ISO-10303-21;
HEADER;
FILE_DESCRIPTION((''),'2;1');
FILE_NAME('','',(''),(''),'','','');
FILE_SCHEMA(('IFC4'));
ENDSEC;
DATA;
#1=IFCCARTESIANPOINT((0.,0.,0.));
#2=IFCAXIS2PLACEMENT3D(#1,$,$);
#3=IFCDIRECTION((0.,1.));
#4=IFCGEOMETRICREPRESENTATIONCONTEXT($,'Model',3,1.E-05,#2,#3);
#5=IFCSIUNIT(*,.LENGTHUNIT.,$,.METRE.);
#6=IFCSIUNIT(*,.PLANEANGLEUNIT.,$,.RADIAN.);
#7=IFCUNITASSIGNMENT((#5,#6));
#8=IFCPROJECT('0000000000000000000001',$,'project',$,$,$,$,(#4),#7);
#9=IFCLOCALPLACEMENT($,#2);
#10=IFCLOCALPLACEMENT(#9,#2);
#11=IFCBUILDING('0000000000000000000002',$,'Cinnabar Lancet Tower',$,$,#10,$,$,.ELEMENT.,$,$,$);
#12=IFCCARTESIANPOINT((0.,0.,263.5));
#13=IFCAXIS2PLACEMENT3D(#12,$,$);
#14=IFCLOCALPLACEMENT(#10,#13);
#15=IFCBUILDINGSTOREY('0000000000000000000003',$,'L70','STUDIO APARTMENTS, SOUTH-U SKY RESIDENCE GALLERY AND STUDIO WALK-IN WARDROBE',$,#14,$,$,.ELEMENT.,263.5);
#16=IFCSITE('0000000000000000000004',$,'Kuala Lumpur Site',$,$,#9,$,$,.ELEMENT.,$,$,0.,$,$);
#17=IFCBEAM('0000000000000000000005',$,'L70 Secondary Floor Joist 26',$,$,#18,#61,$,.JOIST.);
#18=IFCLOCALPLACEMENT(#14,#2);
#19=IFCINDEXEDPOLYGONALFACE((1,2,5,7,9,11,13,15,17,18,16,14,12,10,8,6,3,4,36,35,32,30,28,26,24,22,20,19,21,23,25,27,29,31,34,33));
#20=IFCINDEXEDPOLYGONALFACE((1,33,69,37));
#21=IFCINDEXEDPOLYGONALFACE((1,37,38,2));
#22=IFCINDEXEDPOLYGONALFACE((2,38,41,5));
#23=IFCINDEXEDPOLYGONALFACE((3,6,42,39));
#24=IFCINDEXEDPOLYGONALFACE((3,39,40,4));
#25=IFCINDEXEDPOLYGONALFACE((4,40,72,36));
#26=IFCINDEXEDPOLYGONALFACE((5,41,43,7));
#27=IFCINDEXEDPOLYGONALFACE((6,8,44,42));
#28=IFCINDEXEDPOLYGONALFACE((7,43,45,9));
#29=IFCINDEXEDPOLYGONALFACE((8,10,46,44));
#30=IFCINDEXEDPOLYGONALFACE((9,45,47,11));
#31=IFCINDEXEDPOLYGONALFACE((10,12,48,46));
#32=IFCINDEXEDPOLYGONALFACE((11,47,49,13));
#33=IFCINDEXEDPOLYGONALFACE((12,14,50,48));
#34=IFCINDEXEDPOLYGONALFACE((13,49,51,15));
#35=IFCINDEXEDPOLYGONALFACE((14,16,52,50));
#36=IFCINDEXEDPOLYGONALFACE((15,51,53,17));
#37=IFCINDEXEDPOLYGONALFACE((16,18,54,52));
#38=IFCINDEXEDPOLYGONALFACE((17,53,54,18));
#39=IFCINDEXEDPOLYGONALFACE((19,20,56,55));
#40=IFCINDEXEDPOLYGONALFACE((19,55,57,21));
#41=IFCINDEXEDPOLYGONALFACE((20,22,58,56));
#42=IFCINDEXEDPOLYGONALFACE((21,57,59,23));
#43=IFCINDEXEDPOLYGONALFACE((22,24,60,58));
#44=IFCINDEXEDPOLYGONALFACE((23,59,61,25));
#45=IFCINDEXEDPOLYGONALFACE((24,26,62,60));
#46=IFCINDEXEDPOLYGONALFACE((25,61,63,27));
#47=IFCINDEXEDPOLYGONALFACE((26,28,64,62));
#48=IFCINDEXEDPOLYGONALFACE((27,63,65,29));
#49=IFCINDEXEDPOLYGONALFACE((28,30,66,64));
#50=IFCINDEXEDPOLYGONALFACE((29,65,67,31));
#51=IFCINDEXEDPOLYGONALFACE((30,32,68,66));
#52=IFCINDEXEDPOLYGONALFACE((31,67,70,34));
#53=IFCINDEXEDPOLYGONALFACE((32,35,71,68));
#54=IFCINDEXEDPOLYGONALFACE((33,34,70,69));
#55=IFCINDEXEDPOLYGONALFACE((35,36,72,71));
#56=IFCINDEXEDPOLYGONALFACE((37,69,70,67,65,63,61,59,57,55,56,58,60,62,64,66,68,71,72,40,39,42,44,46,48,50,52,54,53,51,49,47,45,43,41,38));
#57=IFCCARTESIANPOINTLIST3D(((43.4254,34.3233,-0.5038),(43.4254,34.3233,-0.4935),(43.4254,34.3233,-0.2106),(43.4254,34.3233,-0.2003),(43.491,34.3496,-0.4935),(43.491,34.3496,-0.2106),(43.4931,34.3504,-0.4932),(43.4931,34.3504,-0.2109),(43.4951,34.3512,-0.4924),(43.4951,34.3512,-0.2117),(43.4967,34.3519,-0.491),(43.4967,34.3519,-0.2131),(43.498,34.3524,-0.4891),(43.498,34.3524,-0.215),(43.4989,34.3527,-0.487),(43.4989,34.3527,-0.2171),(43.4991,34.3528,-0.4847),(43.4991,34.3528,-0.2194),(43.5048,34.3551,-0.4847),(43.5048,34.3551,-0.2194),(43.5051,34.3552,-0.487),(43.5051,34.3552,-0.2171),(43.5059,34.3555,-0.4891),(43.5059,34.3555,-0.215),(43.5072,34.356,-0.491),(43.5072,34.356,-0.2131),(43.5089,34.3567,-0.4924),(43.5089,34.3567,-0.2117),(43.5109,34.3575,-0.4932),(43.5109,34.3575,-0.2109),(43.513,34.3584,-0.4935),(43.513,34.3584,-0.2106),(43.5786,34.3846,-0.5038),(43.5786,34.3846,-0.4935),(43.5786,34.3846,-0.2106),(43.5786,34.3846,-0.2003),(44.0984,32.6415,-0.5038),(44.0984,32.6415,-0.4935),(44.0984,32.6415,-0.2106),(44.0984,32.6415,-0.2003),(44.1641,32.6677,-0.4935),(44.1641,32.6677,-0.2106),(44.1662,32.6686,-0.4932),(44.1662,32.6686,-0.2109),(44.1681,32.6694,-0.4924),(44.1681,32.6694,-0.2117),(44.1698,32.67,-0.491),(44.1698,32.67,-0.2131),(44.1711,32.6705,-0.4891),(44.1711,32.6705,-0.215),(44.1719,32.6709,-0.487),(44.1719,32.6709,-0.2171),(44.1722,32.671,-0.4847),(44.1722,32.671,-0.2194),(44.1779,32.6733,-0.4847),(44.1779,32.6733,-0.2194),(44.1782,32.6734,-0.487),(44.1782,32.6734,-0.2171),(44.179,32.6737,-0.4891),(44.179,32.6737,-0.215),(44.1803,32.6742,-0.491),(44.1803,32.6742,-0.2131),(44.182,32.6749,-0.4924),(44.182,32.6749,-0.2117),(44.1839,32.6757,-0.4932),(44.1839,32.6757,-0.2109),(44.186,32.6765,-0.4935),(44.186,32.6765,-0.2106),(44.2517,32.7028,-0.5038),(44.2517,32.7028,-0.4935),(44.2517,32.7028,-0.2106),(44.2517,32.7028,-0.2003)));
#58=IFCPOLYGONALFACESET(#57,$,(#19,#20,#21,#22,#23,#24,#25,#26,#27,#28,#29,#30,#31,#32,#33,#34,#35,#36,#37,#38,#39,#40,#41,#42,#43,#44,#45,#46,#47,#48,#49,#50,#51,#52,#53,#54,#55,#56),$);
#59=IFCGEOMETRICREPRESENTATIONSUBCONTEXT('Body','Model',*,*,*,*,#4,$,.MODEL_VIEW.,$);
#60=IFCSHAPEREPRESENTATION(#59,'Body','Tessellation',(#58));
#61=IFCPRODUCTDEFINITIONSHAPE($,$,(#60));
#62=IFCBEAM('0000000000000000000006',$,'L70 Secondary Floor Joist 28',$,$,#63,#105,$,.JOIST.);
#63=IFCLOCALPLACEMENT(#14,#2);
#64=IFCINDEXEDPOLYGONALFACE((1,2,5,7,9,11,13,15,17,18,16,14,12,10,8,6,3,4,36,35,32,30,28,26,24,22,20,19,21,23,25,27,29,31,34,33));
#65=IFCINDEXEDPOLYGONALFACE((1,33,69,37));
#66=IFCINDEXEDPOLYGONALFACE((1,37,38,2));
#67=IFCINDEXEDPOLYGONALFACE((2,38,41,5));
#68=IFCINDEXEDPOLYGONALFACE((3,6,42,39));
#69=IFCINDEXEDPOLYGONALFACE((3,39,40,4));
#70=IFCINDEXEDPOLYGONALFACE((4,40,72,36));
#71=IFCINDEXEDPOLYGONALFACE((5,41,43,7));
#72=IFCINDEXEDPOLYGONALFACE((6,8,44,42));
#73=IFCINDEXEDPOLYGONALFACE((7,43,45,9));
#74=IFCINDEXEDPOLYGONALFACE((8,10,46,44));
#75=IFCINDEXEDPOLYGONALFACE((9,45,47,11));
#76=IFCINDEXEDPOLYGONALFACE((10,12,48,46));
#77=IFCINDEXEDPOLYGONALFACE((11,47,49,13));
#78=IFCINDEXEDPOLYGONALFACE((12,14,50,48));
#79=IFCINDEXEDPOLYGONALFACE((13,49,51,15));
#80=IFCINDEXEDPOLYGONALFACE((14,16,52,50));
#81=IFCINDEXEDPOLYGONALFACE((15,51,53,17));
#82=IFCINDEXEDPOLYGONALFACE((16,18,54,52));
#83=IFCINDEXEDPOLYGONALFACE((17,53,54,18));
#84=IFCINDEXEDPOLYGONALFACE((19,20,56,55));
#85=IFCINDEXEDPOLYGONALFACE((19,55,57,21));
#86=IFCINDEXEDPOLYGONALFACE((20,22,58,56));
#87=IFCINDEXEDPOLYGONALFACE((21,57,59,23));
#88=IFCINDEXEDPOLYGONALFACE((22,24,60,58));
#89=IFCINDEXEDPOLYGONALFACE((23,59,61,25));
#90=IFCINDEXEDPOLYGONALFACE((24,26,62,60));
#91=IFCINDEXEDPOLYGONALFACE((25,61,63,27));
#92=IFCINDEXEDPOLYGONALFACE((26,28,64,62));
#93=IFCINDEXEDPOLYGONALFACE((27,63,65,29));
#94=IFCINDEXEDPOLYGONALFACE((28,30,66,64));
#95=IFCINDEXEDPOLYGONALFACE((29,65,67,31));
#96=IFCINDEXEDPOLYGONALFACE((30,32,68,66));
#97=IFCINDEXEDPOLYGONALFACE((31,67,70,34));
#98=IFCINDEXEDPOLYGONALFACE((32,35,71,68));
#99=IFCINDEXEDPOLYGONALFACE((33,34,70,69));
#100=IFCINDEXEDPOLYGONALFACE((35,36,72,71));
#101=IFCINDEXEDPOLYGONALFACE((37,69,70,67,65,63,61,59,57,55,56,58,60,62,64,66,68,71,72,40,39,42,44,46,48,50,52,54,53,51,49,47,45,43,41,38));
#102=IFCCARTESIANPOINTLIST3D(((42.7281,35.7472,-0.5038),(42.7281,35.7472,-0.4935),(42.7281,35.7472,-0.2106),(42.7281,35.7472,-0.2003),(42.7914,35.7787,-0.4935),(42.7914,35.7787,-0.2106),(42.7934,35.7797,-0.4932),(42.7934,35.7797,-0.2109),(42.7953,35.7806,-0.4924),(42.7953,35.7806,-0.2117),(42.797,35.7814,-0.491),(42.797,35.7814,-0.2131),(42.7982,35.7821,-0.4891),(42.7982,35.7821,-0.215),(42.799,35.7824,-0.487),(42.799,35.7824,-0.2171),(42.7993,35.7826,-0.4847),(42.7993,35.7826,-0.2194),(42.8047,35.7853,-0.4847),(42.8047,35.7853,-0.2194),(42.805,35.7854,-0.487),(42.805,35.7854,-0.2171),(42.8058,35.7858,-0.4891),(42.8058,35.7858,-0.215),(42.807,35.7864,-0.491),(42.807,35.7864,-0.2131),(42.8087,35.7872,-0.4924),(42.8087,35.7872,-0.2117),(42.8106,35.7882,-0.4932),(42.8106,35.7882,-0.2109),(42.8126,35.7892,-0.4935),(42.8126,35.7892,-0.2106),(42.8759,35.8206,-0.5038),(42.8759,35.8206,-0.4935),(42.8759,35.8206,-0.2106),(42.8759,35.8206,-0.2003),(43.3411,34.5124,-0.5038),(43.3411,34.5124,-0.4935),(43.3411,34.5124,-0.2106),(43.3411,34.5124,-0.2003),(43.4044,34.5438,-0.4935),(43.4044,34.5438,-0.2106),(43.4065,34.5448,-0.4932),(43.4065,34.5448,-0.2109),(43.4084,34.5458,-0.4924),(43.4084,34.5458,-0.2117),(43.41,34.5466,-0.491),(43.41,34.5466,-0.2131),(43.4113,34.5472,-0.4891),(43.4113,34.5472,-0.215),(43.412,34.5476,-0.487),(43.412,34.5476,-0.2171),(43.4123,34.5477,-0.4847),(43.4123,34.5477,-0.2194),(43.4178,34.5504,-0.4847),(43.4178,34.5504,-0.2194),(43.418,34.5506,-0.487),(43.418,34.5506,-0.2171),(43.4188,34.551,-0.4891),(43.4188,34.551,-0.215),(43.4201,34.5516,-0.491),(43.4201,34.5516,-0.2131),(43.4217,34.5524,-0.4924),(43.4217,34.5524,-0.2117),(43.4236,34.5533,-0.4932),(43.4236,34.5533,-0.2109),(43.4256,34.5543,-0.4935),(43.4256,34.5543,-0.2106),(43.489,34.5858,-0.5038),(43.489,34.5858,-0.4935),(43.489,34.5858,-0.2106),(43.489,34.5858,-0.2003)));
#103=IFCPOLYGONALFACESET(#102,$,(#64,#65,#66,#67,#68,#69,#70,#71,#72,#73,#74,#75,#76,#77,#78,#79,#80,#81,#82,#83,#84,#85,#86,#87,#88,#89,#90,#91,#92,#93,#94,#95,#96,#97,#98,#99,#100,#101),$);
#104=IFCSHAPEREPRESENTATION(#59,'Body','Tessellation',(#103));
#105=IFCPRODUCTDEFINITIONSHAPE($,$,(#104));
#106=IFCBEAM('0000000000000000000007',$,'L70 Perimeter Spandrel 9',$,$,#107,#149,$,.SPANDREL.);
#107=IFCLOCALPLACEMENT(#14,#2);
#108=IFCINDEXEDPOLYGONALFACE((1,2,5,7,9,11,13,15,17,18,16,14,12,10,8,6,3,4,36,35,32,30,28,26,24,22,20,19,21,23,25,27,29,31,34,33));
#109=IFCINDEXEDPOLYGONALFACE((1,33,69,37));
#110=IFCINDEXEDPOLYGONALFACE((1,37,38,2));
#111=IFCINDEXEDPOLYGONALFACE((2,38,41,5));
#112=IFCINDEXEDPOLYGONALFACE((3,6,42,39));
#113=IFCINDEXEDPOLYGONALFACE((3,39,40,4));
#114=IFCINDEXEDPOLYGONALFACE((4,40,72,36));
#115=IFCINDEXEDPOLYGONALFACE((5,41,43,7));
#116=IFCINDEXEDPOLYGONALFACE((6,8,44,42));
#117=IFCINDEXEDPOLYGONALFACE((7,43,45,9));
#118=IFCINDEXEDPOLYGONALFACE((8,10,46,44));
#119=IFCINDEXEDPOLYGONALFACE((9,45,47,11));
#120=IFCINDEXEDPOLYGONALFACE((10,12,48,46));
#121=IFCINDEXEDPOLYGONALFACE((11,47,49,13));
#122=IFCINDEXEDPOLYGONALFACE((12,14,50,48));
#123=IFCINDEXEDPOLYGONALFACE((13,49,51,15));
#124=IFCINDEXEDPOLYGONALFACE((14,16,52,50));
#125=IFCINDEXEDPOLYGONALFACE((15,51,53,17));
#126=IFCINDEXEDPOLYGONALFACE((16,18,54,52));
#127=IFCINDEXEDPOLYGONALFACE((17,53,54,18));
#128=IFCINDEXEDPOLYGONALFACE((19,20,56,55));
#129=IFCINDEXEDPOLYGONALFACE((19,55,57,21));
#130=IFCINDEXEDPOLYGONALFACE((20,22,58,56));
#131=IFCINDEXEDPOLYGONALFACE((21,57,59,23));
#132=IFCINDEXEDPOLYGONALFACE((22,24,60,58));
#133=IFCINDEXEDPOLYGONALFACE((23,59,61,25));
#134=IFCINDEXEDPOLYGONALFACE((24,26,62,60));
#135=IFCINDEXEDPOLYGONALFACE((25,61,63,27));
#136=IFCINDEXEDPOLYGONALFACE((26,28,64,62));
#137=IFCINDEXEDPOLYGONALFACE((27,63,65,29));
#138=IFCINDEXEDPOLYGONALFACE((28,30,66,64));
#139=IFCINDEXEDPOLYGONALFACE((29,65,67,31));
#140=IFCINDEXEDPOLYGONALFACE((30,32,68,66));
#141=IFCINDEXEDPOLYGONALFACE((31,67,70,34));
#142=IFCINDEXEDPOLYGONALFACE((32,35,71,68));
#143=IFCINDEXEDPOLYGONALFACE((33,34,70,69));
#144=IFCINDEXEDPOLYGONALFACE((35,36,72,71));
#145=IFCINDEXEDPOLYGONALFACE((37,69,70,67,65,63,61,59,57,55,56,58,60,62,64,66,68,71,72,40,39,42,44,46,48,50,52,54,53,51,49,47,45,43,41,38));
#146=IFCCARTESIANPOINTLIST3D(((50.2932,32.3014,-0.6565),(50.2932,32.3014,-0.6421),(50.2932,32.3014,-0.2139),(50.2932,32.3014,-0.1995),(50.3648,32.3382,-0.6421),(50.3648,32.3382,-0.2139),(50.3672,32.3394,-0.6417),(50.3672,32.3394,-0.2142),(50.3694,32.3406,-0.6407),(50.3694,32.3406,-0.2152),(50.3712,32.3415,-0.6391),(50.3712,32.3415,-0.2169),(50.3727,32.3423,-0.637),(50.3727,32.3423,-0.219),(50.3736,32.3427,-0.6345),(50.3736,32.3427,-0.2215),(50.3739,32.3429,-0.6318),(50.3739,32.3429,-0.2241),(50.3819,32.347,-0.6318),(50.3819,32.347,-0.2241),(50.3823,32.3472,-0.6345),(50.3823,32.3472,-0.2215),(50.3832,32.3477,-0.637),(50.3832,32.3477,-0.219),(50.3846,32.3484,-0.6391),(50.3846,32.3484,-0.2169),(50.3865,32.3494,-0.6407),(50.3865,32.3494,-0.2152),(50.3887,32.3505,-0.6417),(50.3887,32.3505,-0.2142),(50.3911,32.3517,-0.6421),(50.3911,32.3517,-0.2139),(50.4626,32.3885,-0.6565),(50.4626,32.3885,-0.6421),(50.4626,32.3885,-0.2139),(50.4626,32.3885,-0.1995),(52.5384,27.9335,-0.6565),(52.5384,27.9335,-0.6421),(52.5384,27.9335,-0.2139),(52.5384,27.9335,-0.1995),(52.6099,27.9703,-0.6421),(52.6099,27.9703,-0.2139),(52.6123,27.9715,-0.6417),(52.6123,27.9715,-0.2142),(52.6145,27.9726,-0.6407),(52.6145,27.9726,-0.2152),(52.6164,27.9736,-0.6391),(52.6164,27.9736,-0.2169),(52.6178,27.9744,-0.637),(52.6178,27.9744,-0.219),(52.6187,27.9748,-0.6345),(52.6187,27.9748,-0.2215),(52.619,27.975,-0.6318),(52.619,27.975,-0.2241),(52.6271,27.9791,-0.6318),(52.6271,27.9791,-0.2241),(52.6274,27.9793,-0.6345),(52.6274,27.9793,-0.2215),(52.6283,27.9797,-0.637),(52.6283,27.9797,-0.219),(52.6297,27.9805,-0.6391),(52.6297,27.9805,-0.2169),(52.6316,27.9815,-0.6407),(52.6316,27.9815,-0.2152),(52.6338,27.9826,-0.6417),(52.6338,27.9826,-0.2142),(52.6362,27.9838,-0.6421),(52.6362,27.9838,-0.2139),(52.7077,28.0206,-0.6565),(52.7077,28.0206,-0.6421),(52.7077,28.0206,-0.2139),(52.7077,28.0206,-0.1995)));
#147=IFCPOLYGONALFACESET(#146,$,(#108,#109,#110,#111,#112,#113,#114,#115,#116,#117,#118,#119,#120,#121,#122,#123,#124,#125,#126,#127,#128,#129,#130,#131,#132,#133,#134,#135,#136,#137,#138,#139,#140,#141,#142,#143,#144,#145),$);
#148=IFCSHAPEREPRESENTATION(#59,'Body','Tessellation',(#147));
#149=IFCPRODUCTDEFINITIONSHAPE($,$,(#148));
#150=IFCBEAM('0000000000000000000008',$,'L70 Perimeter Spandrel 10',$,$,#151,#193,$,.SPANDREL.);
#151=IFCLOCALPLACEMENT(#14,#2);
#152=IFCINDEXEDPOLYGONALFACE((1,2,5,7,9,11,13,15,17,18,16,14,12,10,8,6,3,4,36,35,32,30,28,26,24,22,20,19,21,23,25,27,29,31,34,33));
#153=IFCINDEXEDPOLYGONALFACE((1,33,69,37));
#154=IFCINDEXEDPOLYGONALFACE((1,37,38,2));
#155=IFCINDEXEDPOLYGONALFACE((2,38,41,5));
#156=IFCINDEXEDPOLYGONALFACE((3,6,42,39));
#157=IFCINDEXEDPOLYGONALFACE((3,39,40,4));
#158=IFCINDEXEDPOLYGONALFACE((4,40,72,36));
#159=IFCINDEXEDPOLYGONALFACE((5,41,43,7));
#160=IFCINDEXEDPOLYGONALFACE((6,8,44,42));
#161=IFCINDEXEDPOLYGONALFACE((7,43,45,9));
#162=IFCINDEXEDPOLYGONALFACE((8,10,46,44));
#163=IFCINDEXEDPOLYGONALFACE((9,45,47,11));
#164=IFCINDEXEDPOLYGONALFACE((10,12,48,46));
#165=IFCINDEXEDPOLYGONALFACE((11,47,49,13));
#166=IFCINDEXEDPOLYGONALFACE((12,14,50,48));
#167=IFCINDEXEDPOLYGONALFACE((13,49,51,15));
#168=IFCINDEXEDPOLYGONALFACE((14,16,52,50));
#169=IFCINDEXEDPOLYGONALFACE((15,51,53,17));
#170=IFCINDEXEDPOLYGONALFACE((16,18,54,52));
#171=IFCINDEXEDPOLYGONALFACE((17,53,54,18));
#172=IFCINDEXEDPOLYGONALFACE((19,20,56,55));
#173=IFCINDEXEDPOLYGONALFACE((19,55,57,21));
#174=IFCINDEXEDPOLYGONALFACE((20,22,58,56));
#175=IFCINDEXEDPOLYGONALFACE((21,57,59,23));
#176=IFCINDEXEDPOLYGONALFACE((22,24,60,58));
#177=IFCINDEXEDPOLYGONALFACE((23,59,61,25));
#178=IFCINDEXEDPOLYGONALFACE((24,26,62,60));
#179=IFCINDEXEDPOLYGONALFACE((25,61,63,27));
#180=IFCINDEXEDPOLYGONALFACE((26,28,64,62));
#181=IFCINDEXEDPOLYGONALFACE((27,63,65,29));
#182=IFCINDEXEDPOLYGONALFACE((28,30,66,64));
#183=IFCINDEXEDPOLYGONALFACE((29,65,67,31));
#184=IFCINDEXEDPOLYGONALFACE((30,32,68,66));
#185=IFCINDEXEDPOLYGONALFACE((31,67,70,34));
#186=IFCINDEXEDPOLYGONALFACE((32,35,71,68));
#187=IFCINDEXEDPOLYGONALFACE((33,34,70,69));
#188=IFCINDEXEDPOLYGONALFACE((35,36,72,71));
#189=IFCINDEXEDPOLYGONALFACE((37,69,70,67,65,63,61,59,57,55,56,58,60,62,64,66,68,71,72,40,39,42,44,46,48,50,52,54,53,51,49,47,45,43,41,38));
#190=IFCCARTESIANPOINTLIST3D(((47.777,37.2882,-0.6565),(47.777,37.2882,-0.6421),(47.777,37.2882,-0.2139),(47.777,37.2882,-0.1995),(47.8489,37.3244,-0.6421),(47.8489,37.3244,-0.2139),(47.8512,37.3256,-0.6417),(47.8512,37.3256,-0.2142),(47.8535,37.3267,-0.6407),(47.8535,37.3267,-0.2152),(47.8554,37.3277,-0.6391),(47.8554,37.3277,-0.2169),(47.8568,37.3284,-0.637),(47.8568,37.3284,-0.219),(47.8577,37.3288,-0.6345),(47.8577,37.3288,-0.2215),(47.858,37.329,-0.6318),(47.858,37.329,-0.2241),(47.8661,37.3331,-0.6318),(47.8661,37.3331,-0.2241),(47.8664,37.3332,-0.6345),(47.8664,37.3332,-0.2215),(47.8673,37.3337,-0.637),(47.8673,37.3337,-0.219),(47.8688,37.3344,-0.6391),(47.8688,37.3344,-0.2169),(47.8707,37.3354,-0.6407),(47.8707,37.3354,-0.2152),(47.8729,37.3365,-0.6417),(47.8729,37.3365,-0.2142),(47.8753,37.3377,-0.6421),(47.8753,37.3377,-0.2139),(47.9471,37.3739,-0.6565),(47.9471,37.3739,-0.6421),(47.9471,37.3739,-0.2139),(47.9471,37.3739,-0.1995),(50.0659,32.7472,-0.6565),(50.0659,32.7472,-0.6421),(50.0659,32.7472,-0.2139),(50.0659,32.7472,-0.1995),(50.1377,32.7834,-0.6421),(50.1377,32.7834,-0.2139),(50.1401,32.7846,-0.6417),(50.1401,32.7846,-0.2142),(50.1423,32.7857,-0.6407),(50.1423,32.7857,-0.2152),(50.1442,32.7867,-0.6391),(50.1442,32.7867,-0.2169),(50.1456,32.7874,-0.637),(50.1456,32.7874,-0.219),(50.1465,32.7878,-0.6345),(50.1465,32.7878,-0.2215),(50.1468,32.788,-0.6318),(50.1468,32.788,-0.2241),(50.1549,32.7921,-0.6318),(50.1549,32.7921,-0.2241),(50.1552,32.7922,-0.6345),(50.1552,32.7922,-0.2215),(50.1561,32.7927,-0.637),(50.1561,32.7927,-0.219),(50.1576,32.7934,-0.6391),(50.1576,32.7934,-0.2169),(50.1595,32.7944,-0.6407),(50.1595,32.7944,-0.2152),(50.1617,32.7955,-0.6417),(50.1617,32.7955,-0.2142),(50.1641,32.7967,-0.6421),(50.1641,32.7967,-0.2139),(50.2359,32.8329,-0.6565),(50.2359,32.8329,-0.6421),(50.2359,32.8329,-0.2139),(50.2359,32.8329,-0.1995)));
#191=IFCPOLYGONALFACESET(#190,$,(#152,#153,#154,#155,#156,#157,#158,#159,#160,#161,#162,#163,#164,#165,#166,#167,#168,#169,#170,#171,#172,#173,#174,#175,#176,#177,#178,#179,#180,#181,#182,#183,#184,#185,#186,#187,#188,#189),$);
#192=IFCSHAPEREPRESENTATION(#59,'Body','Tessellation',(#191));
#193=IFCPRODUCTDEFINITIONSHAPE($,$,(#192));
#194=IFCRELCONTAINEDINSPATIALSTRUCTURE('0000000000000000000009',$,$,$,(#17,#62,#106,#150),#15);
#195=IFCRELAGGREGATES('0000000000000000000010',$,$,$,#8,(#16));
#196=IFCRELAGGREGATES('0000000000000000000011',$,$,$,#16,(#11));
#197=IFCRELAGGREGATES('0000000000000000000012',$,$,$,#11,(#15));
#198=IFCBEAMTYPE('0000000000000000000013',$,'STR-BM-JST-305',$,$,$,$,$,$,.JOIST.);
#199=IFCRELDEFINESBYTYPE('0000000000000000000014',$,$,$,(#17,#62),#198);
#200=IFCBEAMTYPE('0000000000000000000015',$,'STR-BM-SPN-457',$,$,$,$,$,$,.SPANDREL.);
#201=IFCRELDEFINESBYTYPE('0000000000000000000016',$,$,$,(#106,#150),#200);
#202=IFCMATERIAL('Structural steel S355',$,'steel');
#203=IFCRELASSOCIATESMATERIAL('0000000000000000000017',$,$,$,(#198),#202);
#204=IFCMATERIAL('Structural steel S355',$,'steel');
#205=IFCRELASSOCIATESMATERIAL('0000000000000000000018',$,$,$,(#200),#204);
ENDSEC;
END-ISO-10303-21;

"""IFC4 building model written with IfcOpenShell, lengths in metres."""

from ifc_helpers import new_model, si_unit, direction, frame, origin, origin_2d, place, context, subcontext, project, spatial, i_section, extrude, material, material_profile, profile_set, type_object, element, save


model = new_model("IFC4")

# Units and contexts
model_context = context("Model", 3, precision=1e-05, world=origin(), true_north=direction((0.0, 1.0)))
body_context = subcontext(model_context, "Body", "Model", "MODEL_VIEW")
ifc_project = project(units=[si_unit("LENGTHUNIT", "METRE"), si_unit("PLANEANGLEUNIT", "RADIAN")], contexts=[model_context])

# Site, building, storey
site_placement = place(None, origin())
site = spatial("IfcSite", under=ifc_project, at=site_placement, Name="Kuala Lumpur Site", CompositionType="ELEMENT", RefElevation=0.0)
building_placement = place(site_placement, origin())
building = spatial("IfcBuilding", under=site, at=building_placement, Name="Cinnabar Lancet Tower", CompositionType="ELEMENT")
storey_placement = place(building_placement, frame((0.0, 0.0, 263.5)))
storey = spatial("IfcBuildingStorey", under=building, at=storey_placement, Name="L70", Description="STUDIO APARTMENTS, SOUTH-U SKY RESIDENCE GALLERY AND STUDIO WALK-IN WARDROBE", CompositionType="ELEMENT", Elevation=263.5)

# Beams
ifc_material_1 = material(Name="Structural steel S355", Category="steel")
ifc_material_profile_1 = material_profile(ifc_material_1, i_section(OverallWidth=0.165, OverallDepth=0.3035, WebThickness=0.0061, FlangeThickness=0.0103, FilletRadius=0.0088, at=origin_2d()), Name="UKB 305x165x40")
ifc_profile_set_1 = profile_set([ifc_material_profile_1], Name="Structural steel S355")
beam_type_1 = type_object("IfcBeamType", Name="STR-BM-JST-305", PredefinedType="JOIST", material=ifc_profile_set_1)
beam_1_placement = place(storey_placement, frame((44.175, 32.6721, -0.3521), z_axis=(-0.371553, 0.928412, 0.0), x_axis=(-0.928412, -0.371553, 0.0)))
element("IfcBeam", 1, at=beam_1_placement, inside=storey, type_object=beam_type_1, Name="L70 Secondary Floor Joist 26", PredefinedType="JOIST", context=body_context, shape_type="SweptSolid", body=[
    extrude(i_section(OverallWidth=0.165, OverallDepth=0.3035, WebThickness=0.0061, FlangeThickness=0.0103, FilletRadius=0.0088, at=origin_2d()), origin(), (0.0, 0.0, 1.0), 1.8115),
])
beam_2_placement = place(storey_placement, frame((43.415, 34.5491, -0.3521), z_axis=(-0.444662, 0.895699, 0.0), x_axis=(-0.895699, -0.444662, 0.0)))
element("IfcBeam", 2, at=beam_2_placement, inside=storey, type_object=beam_type_1, Name="L70 Secondary Floor Joist 28", PredefinedType="JOIST", context=body_context, shape_type="SweptSolid", body=[
    extrude(i_section(OverallWidth=0.165, OverallDepth=0.3035, WebThickness=0.0061, FlangeThickness=0.0103, FilletRadius=0.0088, at=origin_2d()), origin(), (0.0, 0.0, 1.0), 1.3787),
])
ifc_material_2 = material(Name="Structural steel S355", Category="steel")
ifc_material_profile_2 = material_profile(ifc_material_2, i_section(OverallWidth=0.1904, OverallDepth=0.457, WebThickness=0.009, FlangeThickness=0.0144, FilletRadius=0.0103, at=origin_2d()), Name="UKB 457x191x74")
ifc_profile_set_2 = profile_set([ifc_material_profile_2], Name="Structural steel S355")
beam_type_2 = type_object("IfcBeamType", Name="STR-BM-SPN-457", PredefinedType="SPANDREL", material=ifc_profile_set_2)
beam_3_placement = place(storey_placement, frame((52.623, 27.9771, -0.428), z_axis=(-0.457148, 0.889391, 0.0), x_axis=(-0.889391, -0.457148, 0.0)))
element("IfcBeam", 3, at=beam_3_placement, inside=storey, type_object=beam_type_2, Name="L70 Perimeter Spandrel 9", PredefinedType="SPANDREL", context=body_context, shape_type="SweptSolid", body=[
    extrude(i_section(OverallWidth=0.1904, OverallDepth=0.457, WebThickness=0.009, FlangeThickness=0.0144, FilletRadius=0.0103, at=origin_2d()), origin(), (0.0, 0.0, 1.0), 4.9111),
])
beam_4_placement = place(storey_placement, frame((50.1509, 32.79, -0.428), z_axis=(-0.450092, 0.892982, 0.0), x_axis=(-0.892982, -0.450092, 0.0)))
element("IfcBeam", 4, at=beam_4_placement, inside=storey, type_object=beam_type_2, Name="L70 Perimeter Spandrel 10", PredefinedType="SPANDREL", context=body_context, shape_type="SweptSolid", body=[
    extrude(i_section(OverallWidth=0.1904, OverallDepth=0.457, WebThickness=0.009, FlangeThickness=0.0144, FilletRadius=0.0103, at=origin_2d()), origin(), (0.0, 0.0, 1.0), 5.0852),
])

save(model, "model.ifc")
